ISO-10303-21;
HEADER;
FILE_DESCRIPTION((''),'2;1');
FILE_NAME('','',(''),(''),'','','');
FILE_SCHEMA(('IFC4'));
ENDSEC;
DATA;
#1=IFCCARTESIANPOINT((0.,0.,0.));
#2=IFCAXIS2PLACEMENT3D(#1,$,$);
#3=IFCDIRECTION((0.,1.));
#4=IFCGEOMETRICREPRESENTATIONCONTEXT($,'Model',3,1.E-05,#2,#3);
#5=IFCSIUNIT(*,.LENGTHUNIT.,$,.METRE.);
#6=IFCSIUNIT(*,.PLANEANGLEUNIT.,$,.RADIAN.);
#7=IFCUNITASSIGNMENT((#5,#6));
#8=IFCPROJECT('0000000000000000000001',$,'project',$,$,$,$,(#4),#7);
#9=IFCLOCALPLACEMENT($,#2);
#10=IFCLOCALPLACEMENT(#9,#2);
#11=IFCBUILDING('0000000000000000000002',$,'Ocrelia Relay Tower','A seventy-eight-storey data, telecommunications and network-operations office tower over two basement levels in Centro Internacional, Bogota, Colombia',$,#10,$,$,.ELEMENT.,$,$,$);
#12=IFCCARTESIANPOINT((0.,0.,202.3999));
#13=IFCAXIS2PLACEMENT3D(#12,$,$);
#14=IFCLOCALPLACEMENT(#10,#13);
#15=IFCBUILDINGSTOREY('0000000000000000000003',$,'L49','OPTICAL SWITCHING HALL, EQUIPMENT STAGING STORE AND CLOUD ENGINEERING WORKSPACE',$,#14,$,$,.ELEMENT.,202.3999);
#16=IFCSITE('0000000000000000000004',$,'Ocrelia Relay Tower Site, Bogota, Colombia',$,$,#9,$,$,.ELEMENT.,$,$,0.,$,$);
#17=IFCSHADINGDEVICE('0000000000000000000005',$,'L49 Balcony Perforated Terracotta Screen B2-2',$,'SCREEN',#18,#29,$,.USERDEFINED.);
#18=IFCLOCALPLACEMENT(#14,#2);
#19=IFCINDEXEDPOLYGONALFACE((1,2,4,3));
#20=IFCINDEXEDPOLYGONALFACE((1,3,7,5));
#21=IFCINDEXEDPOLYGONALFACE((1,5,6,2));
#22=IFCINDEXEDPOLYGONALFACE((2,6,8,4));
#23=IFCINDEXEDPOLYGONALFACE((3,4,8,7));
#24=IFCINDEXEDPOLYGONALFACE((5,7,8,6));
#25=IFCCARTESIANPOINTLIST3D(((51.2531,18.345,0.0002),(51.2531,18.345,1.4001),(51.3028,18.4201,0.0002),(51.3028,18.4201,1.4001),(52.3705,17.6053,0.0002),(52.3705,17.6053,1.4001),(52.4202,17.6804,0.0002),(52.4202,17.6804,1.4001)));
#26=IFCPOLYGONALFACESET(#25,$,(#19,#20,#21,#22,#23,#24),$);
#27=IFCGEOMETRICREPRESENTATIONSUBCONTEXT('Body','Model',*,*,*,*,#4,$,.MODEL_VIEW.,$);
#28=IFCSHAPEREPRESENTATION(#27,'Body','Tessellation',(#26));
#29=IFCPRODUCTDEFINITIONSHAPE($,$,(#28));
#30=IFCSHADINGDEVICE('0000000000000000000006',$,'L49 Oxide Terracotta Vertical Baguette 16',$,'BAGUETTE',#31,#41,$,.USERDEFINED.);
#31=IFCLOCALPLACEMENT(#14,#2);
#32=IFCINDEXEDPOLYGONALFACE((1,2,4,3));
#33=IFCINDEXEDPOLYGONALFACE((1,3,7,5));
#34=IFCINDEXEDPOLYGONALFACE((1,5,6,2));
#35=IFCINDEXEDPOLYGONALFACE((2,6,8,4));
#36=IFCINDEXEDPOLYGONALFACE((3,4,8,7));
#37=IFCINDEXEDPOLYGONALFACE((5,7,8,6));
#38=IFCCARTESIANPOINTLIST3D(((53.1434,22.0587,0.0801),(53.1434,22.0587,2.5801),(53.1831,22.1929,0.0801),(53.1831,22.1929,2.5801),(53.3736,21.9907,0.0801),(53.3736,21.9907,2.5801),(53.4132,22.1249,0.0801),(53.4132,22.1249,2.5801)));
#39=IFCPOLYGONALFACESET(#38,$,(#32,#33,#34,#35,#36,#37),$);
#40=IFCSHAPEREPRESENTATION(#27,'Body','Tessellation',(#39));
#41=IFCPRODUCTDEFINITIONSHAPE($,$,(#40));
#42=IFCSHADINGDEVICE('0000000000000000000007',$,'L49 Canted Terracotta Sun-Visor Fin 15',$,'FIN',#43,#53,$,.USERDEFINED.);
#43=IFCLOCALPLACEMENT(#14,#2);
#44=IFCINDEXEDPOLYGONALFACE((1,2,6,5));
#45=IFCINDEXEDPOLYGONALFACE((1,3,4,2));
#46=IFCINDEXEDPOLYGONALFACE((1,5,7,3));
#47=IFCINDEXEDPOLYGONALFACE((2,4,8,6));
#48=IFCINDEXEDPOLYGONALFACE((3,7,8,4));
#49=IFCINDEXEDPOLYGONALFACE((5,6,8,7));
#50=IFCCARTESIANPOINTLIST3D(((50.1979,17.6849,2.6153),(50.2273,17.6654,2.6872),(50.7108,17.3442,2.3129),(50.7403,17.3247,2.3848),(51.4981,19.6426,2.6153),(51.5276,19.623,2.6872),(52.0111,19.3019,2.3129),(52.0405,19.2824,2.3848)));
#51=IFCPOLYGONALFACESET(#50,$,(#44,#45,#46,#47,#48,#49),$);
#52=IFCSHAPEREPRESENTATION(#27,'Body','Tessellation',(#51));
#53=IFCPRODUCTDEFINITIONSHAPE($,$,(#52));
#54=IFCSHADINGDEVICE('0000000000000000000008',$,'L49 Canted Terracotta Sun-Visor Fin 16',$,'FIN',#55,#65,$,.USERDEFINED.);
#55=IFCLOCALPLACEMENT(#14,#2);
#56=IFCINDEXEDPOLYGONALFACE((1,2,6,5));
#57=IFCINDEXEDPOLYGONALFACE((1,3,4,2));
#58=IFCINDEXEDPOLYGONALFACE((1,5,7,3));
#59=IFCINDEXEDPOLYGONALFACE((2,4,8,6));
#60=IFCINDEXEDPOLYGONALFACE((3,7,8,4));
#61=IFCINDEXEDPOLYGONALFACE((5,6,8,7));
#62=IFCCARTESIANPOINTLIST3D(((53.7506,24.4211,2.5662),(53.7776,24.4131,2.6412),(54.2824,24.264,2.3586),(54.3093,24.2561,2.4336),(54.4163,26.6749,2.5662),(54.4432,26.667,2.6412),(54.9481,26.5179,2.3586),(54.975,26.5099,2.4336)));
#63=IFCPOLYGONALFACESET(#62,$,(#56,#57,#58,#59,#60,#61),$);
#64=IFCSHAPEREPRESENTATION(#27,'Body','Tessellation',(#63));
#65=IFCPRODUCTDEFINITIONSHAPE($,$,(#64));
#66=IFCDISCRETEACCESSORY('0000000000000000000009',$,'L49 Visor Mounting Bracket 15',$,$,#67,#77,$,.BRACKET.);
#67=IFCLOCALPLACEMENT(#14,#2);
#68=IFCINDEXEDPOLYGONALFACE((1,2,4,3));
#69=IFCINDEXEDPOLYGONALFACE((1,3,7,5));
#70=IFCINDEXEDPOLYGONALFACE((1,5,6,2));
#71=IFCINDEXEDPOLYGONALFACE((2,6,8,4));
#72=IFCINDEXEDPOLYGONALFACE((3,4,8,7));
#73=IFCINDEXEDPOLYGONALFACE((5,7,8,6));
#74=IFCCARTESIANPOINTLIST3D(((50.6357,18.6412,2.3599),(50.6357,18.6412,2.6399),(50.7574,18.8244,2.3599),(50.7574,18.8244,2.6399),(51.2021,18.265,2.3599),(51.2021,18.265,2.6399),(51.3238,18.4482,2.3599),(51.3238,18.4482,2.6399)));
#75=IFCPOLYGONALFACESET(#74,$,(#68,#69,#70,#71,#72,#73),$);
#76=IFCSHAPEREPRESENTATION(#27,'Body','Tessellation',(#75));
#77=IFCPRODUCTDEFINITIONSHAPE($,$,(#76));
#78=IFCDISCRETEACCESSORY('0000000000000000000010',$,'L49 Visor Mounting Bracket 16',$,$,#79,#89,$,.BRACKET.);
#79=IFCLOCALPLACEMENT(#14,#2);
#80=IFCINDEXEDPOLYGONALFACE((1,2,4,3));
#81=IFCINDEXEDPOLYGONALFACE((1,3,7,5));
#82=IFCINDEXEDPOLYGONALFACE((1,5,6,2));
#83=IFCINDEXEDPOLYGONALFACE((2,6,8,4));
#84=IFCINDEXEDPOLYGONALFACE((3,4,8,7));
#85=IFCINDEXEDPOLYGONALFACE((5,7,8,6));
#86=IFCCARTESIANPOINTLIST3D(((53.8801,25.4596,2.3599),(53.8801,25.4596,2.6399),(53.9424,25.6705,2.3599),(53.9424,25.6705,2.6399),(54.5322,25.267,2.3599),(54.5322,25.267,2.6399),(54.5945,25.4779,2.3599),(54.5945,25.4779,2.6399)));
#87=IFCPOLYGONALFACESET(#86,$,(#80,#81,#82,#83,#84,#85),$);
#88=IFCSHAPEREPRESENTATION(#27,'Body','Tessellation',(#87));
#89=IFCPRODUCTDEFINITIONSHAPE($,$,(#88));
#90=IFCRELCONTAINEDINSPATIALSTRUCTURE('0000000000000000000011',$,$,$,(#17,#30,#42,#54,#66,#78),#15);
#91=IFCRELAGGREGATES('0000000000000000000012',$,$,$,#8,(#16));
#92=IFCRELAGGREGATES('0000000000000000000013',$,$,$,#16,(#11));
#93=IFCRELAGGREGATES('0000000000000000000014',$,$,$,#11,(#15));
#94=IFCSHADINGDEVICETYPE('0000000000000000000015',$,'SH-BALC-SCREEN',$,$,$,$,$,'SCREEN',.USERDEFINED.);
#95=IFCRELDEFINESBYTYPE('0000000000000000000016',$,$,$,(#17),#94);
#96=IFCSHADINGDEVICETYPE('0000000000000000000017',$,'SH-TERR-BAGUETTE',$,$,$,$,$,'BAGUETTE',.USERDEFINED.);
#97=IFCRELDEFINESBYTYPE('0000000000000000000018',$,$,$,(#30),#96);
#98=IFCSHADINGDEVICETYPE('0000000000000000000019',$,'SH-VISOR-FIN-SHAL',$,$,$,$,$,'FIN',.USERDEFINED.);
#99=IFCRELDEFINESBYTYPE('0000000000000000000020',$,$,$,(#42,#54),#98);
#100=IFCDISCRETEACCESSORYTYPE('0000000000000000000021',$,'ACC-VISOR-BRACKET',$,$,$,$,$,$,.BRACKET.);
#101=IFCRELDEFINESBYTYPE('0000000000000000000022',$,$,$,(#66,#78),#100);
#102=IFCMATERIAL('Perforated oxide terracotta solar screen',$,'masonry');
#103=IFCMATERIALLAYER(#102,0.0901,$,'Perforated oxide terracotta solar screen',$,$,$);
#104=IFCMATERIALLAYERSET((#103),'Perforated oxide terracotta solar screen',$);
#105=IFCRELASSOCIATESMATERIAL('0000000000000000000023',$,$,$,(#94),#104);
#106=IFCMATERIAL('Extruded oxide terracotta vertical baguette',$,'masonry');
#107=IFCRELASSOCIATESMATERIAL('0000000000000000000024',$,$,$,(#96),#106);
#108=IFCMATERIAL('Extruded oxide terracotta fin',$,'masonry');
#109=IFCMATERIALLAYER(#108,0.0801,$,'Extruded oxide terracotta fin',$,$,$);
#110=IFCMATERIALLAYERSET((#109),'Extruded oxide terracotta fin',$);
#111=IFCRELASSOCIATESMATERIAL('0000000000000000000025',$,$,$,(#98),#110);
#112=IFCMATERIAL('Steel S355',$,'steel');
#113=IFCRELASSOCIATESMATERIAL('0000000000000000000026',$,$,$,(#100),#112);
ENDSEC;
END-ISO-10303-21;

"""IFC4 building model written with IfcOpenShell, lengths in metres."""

from ifc_helpers import new_model, si_unit, direction, frame, origin, origin_2d, place, context, subcontext, project, spatial, rectangle, extrude, material, layer, layer_set, type_object, element, save


model = new_model("IFC4")

# Units and contexts
model_context = context("Model", 3, precision=1e-05, world=origin(), true_north=direction((0.0, 1.0)))
body_context = subcontext(model_context, "Body", "Model", "MODEL_VIEW")
ifc_project = project(units=[si_unit("LENGTHUNIT", "METRE"), si_unit("PLANEANGLEUNIT", "RADIAN")], contexts=[model_context])

# Site, building, storey
site_placement = place(None, origin())
site = spatial("IfcSite", under=ifc_project, at=site_placement, Name="Ocrelia Relay Tower Site, Bogota, Colombia", CompositionType="ELEMENT", RefElevation=0.0)
building_placement = place(site_placement, origin())
building = spatial("IfcBuilding", under=site, at=building_placement, Name="Ocrelia Relay Tower", Description="A seventy-eight-storey data, telecommunications and network-operations office tower over two basement levels in Centro Internacional, Bogota, Colombia", CompositionType="ELEMENT")
storey_placement = place(building_placement, frame((0.0, 0.0, 202.3999)))
storey = spatial("IfcBuildingStorey", under=building, at=storey_placement, Name="L49", Description="OPTICAL SWITCHING HALL, EQUIPMENT STAGING STORE AND CLOUD ENGINEERING WORKSPACE", CompositionType="ELEMENT", Elevation=202.3999)

# Shared definitions
ifc_material_1 = material(Name="Steel S355", Category="steel")

# Shading devices
ifc_material_2 = material(Name="Perforated oxide terracotta solar screen", Category="masonry")
ifc_layer_1 = layer(ifc_material_2, 0.0901, Name="Perforated oxide terracotta solar screen")
ifc_layer_set_1 = layer_set([ifc_layer_1], Name="Perforated oxide terracotta solar screen")
shading_device_type_1 = type_object("IfcShadingDeviceType", Name="SH-BALC-SCREEN", ElementType="SCREEN", PredefinedType="USERDEFINED", material=ifc_layer_set_1)
shading_device_1_placement = place(storey_placement, frame((51.8367, 18.0127, 0.0002), z_axis=(0.0, 0.0, 1.0), x_axis=(0.833835, -0.552014, 0.0)))
element("IfcShadingDevice", 1, at=shading_device_1_placement, inside=storey, type_object=shading_device_type_1, Name="L49 Balcony Perforated Terracotta Screen B2-2", ObjectType="SCREEN", PredefinedType="USERDEFINED", context=body_context, shape_type="SweptSolid", body=[
    extrude(rectangle(XDim=1.3401, YDim=0.0901, at=origin_2d()), origin(), (0.0, 0.0, 1.0), 1.3999),
])
ifc_material_3 = material(Name="Extruded oxide terracotta vertical baguette", Category="masonry")
shading_device_type_2 = type_object("IfcShadingDeviceType", Name="SH-TERR-BAGUETTE", ElementType="BAGUETTE", PredefinedType="USERDEFINED", material=ifc_material_3)
shading_device_2_placement = place(storey_placement, frame((53.2783, 22.0918, 0.0801), z_axis=(0.0, 0.0, 1.0), x_axis=(0.283259, 0.959044, 0.0)))
element("IfcShadingDevice", 2, at=shading_device_2_placement, inside=storey, type_object=shading_device_type_2, Name="L49 Oxide Terracotta Vertical Baguette 16", ObjectType="BAGUETTE", PredefinedType="USERDEFINED", context=body_context, shape_type="SweptSolid", body=[
    extrude(rectangle(XDim=0.1399, YDim=0.24, at=origin_2d()), origin(), (0.0, 0.0, 1.0), 2.5),
])
ifc_material_4 = material(Name="Extruded oxide terracotta fin", Category="masonry")
ifc_layer_2 = layer(ifc_material_4, 0.0801, Name="Extruded oxide terracotta fin")
ifc_layer_set_2 = layer_set([ifc_layer_2], Name="Extruded oxide terracotta fin")
shading_device_type_3 = type_object("IfcShadingDeviceType", Name="SH-VISOR-FIN-SHAL", ElementType="FIN", PredefinedType="USERDEFINED", material=ifc_layer_set_2)
shading_device_3_placement = place(storey_placement, frame((51.1045, 18.4934, 2.4641), z_axis=(0.367254, -0.243924, 0.897566), x_axis=(0.553267, 0.833004, 0.0)))
element("IfcShadingDevice", 3, at=shading_device_3_placement, inside=storey, type_object=shading_device_type_3, Name="L49 Canted Terracotta Sun-Visor Fin 15", ObjectType="FIN", PredefinedType="USERDEFINED", context=body_context, shape_type="SweptSolid", body=[
    extrude(rectangle(XDim=2.3501, YDim=0.686, at=origin_2d()), origin(), (0.0, 0.0, 1.0), 0.0801),
])
shading_device_4_placement = place(storey_placement, frame((54.3494, 25.4695, 2.4624), z_axis=(0.336178, -0.099292, 0.93655), x_axis=(0.283259, 0.959044, 0.0)))
element("IfcShadingDevice", 4, at=shading_device_4_placement, inside=storey, type_object=shading_device_type_3, Name="L49 Canted Terracotta Sun-Visor Fin 16", ObjectType="FIN", PredefinedType="USERDEFINED", context=body_context, shape_type="SweptSolid", body=[
    extrude(rectangle(XDim=2.3501, YDim=0.592, at=origin_2d()), origin(), (0.0, 0.0, 1.0), 0.0801),
])

# Discrete accessories
discrete_accessory_type = type_object("IfcDiscreteAccessoryType", Name="ACC-VISOR-BRACKET", PredefinedType="BRACKET", material=ifc_material_1)
for number, where, z_axis, x_axis, name in (
    (5, (50.9797, 18.5447, 2.3599), (0.0, 0.0, 1.0), (0.553267, 0.833004, 0.0), "L49 Visor Mounting Bracket 15"),
    (6, (54.2373, 25.4688, 2.3599), (0.0, 0.0, 1.0), (0.283259, 0.959044, 0.0), "L49 Visor Mounting Bracket 16"),
):
    element("IfcDiscreteAccessory", number, at=place(storey_placement, frame(where, z_axis=z_axis, x_axis=x_axis)), inside=storey, type_object=discrete_accessory_type, Name=name, PredefinedType="BRACKET", context=body_context, shape_type="SweptSolid", body=[
        extrude(rectangle(XDim=0.22, YDim=0.6799, at=origin_2d()), origin(), (0.0, 0.0, 1.0), 0.28),
    ])

save(model, "model.ifc")
